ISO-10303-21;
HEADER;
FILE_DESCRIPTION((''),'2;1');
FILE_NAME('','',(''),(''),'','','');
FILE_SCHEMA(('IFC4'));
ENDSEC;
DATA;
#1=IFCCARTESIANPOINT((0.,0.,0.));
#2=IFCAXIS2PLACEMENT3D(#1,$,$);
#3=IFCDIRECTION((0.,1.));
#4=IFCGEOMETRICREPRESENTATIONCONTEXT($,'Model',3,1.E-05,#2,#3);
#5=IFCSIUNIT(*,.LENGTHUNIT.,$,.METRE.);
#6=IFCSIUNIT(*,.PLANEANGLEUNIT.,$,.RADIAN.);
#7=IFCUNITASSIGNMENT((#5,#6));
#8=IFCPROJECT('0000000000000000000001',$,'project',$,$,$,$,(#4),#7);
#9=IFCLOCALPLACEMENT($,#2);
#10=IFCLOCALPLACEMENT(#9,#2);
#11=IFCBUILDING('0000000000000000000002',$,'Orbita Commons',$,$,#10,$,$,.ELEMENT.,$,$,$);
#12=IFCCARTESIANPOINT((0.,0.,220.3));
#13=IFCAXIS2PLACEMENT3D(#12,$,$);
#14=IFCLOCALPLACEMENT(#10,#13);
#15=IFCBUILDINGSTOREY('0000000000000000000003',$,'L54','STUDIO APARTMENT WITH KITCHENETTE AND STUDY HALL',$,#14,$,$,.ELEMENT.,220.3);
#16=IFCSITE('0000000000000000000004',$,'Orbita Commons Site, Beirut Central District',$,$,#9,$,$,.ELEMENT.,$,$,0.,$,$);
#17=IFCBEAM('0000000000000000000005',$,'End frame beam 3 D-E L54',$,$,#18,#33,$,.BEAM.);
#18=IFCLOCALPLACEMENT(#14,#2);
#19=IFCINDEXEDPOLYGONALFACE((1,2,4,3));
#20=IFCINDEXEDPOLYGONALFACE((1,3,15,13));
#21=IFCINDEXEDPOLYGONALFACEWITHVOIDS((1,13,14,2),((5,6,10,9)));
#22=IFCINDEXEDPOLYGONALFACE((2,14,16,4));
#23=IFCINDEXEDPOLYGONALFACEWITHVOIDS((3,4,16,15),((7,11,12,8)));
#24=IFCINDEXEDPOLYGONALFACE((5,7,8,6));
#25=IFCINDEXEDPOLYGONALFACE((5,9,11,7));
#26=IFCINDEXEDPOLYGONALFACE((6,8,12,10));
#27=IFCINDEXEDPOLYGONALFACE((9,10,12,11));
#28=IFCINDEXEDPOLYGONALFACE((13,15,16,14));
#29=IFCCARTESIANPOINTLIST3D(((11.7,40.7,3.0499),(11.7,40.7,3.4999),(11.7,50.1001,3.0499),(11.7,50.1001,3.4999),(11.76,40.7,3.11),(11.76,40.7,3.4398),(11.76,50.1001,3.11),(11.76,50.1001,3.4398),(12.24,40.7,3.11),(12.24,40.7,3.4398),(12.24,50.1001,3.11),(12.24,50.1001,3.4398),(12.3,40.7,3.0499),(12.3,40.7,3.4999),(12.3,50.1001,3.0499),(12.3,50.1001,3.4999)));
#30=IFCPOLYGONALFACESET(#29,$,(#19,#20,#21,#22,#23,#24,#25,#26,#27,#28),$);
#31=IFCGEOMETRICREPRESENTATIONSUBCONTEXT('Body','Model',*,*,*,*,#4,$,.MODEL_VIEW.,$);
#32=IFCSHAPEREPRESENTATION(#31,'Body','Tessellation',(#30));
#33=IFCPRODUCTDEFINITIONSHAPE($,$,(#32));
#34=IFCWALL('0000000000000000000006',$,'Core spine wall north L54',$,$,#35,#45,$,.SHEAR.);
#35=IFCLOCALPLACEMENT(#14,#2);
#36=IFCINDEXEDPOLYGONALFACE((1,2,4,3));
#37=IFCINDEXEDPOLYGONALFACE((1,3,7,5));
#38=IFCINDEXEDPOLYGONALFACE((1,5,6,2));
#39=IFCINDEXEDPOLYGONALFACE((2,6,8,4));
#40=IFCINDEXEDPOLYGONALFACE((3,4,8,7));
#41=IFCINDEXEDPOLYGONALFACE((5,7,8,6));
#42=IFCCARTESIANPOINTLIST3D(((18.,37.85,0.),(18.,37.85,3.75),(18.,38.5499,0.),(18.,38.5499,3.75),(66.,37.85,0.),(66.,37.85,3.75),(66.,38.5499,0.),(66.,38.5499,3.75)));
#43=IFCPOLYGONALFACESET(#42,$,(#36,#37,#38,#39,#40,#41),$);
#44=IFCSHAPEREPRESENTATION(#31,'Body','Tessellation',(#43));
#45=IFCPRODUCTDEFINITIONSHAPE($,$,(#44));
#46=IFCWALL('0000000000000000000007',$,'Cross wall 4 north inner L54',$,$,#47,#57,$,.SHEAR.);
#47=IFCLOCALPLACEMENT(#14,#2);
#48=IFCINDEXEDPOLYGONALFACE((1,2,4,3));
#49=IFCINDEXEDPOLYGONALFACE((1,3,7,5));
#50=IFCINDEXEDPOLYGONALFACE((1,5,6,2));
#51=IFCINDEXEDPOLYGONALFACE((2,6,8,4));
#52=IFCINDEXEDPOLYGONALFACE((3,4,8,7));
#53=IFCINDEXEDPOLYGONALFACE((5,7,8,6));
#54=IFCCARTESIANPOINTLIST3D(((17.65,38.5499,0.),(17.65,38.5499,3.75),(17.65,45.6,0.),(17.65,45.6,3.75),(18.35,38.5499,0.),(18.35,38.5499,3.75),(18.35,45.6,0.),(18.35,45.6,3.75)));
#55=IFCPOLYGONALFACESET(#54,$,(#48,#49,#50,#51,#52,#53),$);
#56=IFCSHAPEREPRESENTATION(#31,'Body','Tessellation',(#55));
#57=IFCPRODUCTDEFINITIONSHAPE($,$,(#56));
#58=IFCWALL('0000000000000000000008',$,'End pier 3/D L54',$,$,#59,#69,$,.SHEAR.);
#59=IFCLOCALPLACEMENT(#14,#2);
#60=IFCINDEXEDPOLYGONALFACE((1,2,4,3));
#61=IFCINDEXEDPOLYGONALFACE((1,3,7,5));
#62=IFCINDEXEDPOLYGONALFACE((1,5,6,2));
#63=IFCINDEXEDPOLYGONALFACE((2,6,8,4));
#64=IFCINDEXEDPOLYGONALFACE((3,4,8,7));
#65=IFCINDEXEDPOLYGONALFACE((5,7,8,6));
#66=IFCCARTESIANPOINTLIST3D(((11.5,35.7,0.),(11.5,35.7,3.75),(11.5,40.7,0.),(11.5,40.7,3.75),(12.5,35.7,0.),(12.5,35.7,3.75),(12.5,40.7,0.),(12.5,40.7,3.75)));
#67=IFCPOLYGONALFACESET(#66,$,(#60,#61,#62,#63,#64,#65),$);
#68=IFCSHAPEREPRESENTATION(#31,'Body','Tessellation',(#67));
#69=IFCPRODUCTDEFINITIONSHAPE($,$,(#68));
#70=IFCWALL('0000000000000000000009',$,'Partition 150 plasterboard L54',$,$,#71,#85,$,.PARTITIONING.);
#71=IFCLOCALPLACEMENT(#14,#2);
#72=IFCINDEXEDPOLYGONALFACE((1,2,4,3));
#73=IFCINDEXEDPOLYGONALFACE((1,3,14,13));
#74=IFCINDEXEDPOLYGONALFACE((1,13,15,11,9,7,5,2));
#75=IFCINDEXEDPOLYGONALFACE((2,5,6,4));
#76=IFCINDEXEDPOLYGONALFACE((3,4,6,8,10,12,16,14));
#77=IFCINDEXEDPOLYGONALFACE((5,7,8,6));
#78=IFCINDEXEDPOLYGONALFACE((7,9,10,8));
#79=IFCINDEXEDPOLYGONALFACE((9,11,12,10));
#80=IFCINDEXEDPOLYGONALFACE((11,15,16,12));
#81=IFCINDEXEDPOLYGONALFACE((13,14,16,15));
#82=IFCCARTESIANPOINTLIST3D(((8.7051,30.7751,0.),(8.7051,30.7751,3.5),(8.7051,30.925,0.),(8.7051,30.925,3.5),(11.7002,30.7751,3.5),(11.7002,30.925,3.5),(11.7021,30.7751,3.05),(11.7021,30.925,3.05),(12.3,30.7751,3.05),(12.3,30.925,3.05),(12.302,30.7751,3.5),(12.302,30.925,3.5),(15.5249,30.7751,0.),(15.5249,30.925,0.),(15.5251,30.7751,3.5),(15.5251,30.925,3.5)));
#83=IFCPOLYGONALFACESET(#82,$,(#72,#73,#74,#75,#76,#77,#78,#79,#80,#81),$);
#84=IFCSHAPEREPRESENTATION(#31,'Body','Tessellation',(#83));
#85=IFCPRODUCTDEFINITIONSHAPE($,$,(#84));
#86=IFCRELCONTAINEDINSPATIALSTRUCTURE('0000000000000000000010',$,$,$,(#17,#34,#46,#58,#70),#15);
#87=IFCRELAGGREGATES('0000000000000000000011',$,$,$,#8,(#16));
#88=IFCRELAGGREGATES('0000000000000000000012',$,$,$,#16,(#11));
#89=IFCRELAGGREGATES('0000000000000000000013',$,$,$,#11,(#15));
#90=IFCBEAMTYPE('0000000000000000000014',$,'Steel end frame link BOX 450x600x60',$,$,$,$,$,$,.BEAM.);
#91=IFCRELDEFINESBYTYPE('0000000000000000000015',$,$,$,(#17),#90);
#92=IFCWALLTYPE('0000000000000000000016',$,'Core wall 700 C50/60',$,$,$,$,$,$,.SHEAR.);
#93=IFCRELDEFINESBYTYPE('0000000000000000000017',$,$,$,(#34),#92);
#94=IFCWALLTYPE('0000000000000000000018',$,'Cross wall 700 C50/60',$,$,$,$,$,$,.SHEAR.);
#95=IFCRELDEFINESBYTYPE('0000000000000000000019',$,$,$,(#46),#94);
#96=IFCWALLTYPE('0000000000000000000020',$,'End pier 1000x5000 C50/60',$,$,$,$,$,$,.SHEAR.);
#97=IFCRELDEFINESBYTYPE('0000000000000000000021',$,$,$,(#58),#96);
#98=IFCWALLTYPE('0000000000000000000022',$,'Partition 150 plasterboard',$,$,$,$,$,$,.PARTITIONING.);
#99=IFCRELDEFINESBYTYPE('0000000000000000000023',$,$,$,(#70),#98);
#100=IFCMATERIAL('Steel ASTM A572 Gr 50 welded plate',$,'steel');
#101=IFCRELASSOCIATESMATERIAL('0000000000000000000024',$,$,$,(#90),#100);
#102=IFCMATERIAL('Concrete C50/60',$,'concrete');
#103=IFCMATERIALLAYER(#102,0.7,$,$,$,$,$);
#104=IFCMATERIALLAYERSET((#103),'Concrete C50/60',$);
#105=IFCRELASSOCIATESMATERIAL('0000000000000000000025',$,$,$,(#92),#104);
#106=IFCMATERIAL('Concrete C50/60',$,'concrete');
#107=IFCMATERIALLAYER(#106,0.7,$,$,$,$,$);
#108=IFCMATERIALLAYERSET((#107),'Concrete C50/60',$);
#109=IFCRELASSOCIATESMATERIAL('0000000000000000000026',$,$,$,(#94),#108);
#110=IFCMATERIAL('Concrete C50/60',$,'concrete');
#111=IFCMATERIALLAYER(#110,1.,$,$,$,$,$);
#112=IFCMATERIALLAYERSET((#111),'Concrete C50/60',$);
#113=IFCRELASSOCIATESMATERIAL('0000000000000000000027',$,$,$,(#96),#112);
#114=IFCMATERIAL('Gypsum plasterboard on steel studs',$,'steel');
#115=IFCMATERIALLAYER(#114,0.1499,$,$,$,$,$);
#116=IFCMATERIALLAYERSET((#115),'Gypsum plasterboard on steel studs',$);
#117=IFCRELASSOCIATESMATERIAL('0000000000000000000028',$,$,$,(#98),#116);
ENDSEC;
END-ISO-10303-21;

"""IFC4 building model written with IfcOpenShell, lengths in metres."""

from ifc_helpers import new_model, si_unit, direction, frame, frame_2d, origin, origin_2d, place, context, subcontext, project, spatial, polyline, rectangle, hollow_rectangle, outline, extrude, material, layer, layer_set, material_profile, profile_set, type_object, element, save


model = new_model("IFC4")

# Units and contexts
model_context = context("Model", 3, precision=1e-05, world=origin(), true_north=direction((0.0, 1.0)))
body_context = subcontext(model_context, "Body", "Model", "MODEL_VIEW")
ifc_project = project(units=[si_unit("LENGTHUNIT", "METRE"), si_unit("PLANEANGLEUNIT", "RADIAN")], contexts=[model_context])

# Site, building, storey
site_placement = place(None, origin())
site = spatial("IfcSite", under=ifc_project, at=site_placement, Name="Orbita Commons Site, Beirut Central District", CompositionType="ELEMENT", RefElevation=0.0)
building_placement = place(site_placement, origin())
building = spatial("IfcBuilding", under=site, at=building_placement, Name="Orbita Commons", CompositionType="ELEMENT")
storey_placement = place(building_placement, frame((0.0, 0.0, 220.3)))
storey = spatial("IfcBuildingStorey", under=building, at=storey_placement, Name="L54", Description="STUDIO APARTMENT WITH KITCHENETTE AND STUDY HALL", CompositionType="ELEMENT", Elevation=220.3)

# Beam
ifc_material_1 = material(Name="Steel ASTM A572 Gr 50 welded plate", Category="steel")
ifc_material_profile = material_profile(ifc_material_1, hollow_rectangle(XDim=0.6001, YDim=0.45, WallThickness=0.0601, at=origin_2d()), Name="BOX 450x600x60")
ifc_profile_set = profile_set([ifc_material_profile], Name="Steel ASTM A572 Gr 50 welded plate")
beam_type = type_object("IfcBeamType", Name="Steel end frame link BOX 450x600x60", PredefinedType="BEAM", material=ifc_profile_set)
beam_placement = place(storey_placement, frame((12.0, 40.7, 3.2749), z_axis=(0.0, 1.0, 0.0), x_axis=(-1.0, 0.0, 0.0)))
element("IfcBeam", 1, at=beam_placement, inside=storey, type_object=beam_type, Name="End frame beam 3 D-E L54", PredefinedType="BEAM", context=body_context, shape_type="SweptSolid", body=[
    extrude(hollow_rectangle(XDim=0.6001, YDim=0.45, WallThickness=0.0601, at=origin_2d()), origin(), (0.0, 0.0, 1.0), 9.4001),
])

# Walls
ifc_material_2 = material(Name="Concrete C50/60", Category="concrete")
ifc_layer_1 = layer(ifc_material_2, 0.7)
ifc_layer_set_1 = layer_set([ifc_layer_1], Name="Concrete C50/60")
wall_type_1 = type_object("IfcWallType", Name="Core wall 700 C50/60", PredefinedType="SHEAR", material=ifc_layer_set_1)
wall_1_placement = place(storey_placement, frame((18.0, 38.2, 0.0), z_axis=(0.0, 0.0, 1.0), x_axis=(1.0, 0.0, 0.0)))
element("IfcWall", 2, at=wall_1_placement, inside=storey, type_object=wall_type_1, Name="Core spine wall north L54", PredefinedType="SHEAR", context=body_context, shape_type="SweptSolid", body=[
    extrude(rectangle(XDim=48.0, YDim=0.7, at=frame_2d((24.0, 0.0))), origin(), (0.0, 0.0, 1.0), 3.75),
])
ifc_material_3 = material(Name="Concrete C50/60", Category="concrete")
ifc_layer_2 = layer(ifc_material_3, 0.7)
ifc_layer_set_2 = layer_set([ifc_layer_2], Name="Concrete C50/60")
wall_type_2 = type_object("IfcWallType", Name="Cross wall 700 C50/60", PredefinedType="SHEAR", material=ifc_layer_set_2)
wall_2_placement = place(storey_placement, frame((18.0, 38.55, 0.0), z_axis=(0.0, 0.0, 1.0), x_axis=(0.0, 1.0, 0.0)))
element("IfcWall", 3, at=wall_2_placement, inside=storey, type_object=wall_type_2, Name="Cross wall 4 north inner L54", PredefinedType="SHEAR", context=body_context, shape_type="SweptSolid", body=[
    extrude(rectangle(XDim=7.05, YDim=0.7, at=frame_2d((3.5249, 0.0))), origin(), (0.0, 0.0, 1.0), 3.75),
])
ifc_material_4 = material(Name="Concrete C50/60", Category="concrete")
ifc_layer_3 = layer(ifc_material_4, 1.0)
ifc_layer_set_3 = layer_set([ifc_layer_3], Name="Concrete C50/60")
wall_type_3 = type_object("IfcWallType", Name="End pier 1000x5000 C50/60", PredefinedType="SHEAR", material=ifc_layer_set_3)
wall_3_placement = place(storey_placement, frame((12.0, 35.7, 0.0), z_axis=(0.0, 0.0, 1.0), x_axis=(0.0, 1.0, 0.0)))
element("IfcWall", 4, at=wall_3_placement, inside=storey, type_object=wall_type_3, Name="End pier 3/D L54", PredefinedType="SHEAR", context=body_context, shape_type="SweptSolid", body=[
    extrude(rectangle(XDim=5.0, YDim=1.0, at=frame_2d((2.5, 0.0))), origin(), (0.0, 0.0, 1.0), 3.75),
])
ifc_material_5 = material(Name="Gypsum plasterboard on steel studs", Category="steel")
ifc_layer_4 = layer(ifc_material_5, 0.1499)
ifc_layer_set_4 = layer_set([ifc_layer_4], Name="Gypsum plasterboard on steel studs")
wall_type_4 = type_object("IfcWallType", Name="Partition 150 plasterboard", PredefinedType="PARTITIONING", material=ifc_layer_set_4)
wall_4_placement = place(storey_placement, frame((8.7051, 30.8501, 0.0), z_axis=(0.0, 0.0, 1.0), x_axis=(1.0, 0.0, 0.0)))
element("IfcWall", 5, at=wall_4_placement, inside=storey, type_object=wall_type_4, Name="Partition 150 plasterboard L54", PredefinedType="PARTITIONING", context=body_context, shape_type="SweptSolid", body=[
    extrude(outline(polyline([(0.0, 0.0), (6.8198, 0.0), (6.8201, 3.5), (3.5969, 3.5), (3.595, 3.05), (2.9971, 3.05), (2.9951, 3.5), (0.0, 3.5), (0.0, 0.0)])), frame((0.0, 0.075, 0.0), z_axis=(0.0, -1.0, 0.0), x_axis=(1.0, 0.0, 0.0)), (0.0, 0.0, 1.0), 0.1499),
])

save(model, "model.ifc")
